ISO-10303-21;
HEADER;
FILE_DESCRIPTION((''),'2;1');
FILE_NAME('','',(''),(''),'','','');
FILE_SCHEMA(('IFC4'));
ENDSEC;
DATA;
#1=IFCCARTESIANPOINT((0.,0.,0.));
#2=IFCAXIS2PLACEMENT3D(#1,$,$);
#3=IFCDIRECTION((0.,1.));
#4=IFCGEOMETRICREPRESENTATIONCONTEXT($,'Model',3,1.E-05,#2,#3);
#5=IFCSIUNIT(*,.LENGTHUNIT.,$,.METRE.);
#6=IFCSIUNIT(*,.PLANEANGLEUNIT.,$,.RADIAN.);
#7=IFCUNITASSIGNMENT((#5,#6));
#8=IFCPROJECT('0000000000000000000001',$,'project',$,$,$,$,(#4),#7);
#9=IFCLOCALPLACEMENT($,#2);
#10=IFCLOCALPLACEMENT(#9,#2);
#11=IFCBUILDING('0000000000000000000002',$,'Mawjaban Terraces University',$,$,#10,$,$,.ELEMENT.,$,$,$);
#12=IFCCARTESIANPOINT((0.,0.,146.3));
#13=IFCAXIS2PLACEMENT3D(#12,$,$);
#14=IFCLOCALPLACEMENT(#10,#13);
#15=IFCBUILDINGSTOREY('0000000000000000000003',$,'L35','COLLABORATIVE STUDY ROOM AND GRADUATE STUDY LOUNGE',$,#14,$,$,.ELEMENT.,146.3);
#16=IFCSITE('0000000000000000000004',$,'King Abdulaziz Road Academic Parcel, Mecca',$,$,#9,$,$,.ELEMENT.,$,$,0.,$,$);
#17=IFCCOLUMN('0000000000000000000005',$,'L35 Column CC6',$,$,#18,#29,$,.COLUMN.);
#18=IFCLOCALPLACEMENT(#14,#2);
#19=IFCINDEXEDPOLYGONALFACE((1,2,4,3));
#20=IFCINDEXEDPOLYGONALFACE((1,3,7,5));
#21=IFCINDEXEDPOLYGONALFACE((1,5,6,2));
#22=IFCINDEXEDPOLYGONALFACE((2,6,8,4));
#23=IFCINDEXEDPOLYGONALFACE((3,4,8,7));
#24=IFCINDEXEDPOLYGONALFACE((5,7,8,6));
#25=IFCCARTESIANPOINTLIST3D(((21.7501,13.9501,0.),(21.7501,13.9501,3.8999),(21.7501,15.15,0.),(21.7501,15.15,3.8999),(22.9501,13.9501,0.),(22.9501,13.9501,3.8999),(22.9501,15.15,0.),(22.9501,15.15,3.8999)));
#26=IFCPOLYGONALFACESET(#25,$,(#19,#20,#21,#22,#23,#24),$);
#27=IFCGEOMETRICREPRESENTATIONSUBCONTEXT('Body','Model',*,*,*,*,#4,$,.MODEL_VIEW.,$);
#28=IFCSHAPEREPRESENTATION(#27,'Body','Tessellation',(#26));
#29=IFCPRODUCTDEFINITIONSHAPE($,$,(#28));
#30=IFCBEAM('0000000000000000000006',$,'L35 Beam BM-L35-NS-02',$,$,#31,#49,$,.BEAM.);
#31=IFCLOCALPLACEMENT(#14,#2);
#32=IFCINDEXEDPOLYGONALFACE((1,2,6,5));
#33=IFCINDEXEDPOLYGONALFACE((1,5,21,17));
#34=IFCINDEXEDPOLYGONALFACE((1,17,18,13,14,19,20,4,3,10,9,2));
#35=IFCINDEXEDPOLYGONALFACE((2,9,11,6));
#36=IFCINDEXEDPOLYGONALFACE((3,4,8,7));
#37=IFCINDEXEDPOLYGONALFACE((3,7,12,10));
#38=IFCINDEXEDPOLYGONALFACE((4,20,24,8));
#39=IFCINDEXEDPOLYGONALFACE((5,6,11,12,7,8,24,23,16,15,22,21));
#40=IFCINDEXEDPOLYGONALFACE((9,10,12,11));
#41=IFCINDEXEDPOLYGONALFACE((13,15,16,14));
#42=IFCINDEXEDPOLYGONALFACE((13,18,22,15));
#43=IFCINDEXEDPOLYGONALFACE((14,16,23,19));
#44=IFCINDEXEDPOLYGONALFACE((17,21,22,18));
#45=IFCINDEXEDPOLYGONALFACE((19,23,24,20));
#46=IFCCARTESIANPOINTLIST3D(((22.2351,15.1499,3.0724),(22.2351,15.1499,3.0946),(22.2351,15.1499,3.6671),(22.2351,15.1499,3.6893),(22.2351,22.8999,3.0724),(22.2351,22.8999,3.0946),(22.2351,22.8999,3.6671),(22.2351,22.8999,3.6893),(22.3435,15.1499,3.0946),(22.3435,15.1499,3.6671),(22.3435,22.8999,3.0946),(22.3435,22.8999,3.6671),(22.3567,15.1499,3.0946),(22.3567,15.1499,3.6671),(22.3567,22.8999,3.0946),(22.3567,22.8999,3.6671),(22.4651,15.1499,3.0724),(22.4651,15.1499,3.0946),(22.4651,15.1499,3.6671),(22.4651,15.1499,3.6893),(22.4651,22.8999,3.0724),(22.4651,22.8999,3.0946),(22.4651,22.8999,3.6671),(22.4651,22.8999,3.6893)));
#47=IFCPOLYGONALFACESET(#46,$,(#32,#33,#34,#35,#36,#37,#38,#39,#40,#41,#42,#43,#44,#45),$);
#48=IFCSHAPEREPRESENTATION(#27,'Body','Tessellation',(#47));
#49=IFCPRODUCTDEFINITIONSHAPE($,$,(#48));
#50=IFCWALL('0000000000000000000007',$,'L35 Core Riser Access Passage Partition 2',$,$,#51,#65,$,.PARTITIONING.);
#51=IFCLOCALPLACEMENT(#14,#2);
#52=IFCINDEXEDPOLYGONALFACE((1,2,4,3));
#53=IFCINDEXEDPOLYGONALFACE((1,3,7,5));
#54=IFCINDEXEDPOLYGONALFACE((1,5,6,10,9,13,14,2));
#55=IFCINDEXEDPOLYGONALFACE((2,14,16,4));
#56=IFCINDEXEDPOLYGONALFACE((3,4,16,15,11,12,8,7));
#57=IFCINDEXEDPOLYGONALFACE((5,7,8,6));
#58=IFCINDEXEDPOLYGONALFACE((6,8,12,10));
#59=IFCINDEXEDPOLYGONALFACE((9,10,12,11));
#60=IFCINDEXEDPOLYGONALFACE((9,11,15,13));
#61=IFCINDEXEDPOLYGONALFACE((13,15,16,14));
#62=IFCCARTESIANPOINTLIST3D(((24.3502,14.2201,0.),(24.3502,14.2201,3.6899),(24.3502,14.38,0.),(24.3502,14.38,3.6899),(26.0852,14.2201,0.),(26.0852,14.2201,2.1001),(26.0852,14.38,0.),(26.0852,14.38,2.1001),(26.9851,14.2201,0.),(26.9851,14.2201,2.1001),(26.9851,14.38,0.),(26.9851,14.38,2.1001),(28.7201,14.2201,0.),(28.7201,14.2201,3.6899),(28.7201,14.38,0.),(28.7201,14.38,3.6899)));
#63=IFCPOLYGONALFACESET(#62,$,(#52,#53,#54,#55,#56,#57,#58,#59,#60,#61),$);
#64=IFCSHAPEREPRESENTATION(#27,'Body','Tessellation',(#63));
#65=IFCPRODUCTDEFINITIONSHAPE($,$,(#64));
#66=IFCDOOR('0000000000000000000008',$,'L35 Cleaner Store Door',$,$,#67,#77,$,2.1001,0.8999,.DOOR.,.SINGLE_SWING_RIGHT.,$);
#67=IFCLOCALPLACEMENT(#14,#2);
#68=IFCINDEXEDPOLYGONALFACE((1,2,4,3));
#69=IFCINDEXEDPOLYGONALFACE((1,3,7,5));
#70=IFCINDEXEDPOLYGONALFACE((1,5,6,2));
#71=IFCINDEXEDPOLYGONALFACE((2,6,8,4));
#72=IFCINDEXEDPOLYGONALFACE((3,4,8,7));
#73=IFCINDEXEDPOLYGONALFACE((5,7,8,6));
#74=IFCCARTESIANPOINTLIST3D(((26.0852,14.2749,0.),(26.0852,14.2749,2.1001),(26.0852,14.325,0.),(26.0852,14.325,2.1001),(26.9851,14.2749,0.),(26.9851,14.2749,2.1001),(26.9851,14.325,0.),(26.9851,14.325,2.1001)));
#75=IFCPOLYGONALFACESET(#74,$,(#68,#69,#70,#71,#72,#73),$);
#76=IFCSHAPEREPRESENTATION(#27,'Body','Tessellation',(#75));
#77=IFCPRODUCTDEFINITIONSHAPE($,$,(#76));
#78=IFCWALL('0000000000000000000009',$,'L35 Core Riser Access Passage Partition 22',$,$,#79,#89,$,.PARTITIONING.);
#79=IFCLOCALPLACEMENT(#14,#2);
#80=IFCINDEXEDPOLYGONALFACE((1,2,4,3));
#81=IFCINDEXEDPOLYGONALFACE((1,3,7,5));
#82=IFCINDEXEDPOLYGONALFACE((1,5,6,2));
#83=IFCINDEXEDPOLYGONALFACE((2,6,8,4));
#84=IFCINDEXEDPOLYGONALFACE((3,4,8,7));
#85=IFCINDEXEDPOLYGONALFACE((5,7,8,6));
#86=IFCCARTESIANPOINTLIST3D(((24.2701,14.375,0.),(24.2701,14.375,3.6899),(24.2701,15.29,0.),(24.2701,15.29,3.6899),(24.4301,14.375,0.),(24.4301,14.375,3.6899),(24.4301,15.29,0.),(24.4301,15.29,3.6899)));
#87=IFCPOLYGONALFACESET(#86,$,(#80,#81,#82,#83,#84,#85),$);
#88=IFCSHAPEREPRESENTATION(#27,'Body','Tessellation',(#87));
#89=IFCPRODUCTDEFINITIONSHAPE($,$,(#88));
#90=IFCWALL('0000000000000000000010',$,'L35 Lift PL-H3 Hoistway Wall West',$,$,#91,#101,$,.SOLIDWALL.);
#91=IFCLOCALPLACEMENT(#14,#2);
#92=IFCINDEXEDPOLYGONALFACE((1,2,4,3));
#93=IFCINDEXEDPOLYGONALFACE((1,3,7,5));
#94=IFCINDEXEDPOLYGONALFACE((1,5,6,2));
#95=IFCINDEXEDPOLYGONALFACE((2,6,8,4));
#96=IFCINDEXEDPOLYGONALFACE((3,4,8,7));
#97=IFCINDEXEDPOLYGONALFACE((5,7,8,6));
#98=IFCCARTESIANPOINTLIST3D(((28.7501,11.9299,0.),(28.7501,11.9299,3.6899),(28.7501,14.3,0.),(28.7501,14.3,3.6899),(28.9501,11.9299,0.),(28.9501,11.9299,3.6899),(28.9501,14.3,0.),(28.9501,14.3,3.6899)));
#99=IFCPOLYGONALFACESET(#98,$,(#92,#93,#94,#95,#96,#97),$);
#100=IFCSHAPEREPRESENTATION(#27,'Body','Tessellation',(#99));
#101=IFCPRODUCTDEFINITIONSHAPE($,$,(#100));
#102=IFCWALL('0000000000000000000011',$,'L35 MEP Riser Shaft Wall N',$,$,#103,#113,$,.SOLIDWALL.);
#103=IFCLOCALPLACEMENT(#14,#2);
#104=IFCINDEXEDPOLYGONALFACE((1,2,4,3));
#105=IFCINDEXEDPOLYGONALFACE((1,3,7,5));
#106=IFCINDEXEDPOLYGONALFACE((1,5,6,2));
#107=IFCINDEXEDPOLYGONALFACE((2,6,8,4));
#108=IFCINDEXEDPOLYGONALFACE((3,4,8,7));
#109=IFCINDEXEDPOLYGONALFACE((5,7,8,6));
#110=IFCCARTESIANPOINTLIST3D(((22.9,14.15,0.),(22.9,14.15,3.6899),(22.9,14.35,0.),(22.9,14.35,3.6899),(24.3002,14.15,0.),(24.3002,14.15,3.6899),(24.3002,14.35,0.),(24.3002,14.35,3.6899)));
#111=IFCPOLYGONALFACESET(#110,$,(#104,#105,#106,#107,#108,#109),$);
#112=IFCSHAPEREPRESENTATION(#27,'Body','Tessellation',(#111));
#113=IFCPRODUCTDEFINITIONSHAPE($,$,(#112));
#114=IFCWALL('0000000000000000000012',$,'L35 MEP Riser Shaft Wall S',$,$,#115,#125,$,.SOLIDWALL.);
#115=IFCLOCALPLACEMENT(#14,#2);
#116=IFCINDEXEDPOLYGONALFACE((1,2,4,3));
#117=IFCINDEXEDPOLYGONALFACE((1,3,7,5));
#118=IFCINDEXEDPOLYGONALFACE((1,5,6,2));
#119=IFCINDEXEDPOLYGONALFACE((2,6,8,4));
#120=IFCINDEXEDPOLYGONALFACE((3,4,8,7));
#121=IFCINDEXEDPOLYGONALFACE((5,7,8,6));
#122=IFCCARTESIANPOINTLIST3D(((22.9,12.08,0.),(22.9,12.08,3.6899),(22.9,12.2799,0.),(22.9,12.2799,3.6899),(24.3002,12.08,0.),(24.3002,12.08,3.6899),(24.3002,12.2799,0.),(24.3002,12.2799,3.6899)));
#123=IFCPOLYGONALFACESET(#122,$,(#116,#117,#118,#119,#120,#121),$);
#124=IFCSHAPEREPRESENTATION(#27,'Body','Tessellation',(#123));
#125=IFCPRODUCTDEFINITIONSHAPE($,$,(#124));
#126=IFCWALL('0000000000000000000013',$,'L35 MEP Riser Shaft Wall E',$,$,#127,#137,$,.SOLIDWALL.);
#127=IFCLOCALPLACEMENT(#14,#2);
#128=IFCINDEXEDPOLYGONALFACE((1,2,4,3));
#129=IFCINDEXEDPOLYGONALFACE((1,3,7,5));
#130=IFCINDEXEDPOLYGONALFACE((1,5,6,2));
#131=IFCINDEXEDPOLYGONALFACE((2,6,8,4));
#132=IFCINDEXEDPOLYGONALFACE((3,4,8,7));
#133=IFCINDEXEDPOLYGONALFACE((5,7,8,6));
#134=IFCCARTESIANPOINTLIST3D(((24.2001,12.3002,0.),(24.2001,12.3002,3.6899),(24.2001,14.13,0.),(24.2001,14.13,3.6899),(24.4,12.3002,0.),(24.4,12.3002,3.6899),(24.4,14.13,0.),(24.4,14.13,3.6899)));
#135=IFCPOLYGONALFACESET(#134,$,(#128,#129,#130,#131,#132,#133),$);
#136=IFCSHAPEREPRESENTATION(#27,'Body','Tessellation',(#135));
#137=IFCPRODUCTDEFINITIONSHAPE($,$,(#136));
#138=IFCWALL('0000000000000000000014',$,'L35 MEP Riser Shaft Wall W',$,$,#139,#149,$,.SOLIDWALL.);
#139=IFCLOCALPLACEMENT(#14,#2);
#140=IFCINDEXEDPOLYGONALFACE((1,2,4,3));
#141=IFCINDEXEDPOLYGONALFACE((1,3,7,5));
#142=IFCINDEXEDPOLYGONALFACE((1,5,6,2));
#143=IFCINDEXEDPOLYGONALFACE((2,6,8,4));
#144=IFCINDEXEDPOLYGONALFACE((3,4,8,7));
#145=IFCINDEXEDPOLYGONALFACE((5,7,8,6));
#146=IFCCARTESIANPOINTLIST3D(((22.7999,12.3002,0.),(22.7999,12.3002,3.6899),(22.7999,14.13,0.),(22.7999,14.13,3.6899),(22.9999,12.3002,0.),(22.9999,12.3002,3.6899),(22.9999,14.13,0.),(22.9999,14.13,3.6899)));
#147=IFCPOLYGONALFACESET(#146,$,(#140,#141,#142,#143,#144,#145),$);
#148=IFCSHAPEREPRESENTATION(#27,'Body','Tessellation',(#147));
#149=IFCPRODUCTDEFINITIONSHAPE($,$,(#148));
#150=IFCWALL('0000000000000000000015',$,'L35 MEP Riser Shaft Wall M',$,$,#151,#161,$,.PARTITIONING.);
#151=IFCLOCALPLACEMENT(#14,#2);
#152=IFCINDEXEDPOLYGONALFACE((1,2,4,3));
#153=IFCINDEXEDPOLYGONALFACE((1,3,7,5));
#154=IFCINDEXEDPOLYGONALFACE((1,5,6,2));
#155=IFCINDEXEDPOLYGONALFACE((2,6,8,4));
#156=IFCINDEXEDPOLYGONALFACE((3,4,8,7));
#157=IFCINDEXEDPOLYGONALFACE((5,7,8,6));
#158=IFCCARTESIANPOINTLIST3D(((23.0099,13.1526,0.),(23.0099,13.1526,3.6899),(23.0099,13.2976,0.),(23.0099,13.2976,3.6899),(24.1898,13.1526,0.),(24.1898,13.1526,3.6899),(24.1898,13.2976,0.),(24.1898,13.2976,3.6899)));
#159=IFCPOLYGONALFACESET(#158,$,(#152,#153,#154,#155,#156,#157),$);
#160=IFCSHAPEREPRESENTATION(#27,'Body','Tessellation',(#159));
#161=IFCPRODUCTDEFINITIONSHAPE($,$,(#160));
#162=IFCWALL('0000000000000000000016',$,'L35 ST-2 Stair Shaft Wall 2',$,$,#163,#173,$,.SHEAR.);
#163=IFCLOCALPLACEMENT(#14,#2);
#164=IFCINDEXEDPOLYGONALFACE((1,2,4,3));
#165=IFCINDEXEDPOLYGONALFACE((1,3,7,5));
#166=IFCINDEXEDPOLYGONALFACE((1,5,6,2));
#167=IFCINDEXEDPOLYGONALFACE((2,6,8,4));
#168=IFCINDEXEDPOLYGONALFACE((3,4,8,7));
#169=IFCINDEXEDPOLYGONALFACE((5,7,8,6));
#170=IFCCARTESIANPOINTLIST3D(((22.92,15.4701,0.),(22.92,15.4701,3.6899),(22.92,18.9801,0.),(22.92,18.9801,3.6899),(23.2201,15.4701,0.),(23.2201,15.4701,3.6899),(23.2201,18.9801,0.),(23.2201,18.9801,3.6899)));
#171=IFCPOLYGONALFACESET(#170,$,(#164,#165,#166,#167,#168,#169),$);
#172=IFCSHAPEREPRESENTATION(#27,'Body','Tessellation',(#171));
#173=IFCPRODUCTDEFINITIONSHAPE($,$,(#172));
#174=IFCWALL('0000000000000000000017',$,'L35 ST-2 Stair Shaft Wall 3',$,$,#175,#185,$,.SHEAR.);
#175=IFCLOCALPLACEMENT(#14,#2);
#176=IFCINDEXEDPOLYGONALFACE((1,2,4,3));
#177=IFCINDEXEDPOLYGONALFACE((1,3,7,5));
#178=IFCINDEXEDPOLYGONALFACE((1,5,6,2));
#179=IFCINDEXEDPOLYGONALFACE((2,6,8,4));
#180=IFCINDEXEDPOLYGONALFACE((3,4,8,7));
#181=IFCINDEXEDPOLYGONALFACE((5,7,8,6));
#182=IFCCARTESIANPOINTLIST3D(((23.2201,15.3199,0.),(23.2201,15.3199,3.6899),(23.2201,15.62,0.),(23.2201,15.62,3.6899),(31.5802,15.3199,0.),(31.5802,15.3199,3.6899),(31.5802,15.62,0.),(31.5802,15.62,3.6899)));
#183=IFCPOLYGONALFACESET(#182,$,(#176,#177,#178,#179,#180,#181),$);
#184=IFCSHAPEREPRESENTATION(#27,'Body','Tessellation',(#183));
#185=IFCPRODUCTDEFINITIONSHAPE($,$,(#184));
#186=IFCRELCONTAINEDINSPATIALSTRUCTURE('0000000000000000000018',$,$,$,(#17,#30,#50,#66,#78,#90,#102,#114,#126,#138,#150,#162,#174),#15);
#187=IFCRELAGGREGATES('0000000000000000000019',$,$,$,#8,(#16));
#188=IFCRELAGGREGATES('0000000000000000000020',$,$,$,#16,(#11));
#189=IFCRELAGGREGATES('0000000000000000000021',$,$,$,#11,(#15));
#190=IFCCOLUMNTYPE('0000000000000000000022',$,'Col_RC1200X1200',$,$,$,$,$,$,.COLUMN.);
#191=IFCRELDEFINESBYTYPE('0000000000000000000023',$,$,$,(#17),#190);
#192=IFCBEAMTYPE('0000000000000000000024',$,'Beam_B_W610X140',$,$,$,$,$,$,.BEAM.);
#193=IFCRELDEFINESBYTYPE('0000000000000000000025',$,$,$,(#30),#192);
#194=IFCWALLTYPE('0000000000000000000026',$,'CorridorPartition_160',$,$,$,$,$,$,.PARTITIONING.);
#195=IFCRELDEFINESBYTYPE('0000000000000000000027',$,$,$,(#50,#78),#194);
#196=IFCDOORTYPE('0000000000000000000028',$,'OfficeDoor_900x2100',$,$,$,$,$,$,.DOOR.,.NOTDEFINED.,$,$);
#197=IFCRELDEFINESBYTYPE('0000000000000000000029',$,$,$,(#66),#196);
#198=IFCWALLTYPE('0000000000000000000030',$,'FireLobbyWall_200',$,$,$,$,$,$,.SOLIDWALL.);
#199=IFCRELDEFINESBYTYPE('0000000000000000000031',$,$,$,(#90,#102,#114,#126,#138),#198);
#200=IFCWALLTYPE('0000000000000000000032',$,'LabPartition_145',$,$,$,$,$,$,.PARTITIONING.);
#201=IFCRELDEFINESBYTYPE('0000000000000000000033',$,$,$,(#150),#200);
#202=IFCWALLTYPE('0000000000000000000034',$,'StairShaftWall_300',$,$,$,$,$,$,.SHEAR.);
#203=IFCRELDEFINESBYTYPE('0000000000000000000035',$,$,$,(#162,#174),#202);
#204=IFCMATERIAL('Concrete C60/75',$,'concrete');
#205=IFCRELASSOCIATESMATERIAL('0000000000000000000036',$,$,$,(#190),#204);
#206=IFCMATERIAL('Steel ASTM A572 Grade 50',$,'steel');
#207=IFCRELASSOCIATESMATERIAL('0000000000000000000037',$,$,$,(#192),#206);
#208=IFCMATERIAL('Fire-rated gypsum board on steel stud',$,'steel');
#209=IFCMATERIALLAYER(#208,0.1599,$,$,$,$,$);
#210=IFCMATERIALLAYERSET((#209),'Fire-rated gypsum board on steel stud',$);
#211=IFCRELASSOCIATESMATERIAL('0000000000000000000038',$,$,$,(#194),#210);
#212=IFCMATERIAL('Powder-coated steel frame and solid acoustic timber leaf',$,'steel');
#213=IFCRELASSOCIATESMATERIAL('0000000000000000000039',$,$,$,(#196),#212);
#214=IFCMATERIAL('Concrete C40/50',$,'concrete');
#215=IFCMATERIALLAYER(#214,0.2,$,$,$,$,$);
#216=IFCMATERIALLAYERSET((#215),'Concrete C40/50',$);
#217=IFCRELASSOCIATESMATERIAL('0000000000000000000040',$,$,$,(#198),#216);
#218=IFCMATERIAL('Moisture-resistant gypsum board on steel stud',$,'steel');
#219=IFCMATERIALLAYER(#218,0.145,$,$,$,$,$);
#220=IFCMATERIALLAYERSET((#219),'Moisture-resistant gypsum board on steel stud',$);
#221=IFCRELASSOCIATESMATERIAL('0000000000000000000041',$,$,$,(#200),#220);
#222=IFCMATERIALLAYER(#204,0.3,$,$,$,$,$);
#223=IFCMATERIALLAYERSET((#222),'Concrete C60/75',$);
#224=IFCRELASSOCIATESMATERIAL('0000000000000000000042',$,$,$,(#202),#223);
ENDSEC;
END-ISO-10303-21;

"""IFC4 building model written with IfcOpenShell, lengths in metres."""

from ifc_helpers import new_model, si_unit, direction, frame, frame_2d, origin, origin_2d, place, context, subcontext, project, spatial, rectangle, i_section, extrude, material, layer, layer_set, material_profile, profile_set, type_object, element, fill, save


model = new_model("IFC4")

# Units and contexts
model_context = context("Model", 3, precision=1e-05, world=origin(), true_north=direction((0.0, 1.0)))
body_context = subcontext(model_context, "Body", "Model", "MODEL_VIEW")
ifc_project = project(units=[si_unit("LENGTHUNIT", "METRE"), si_unit("PLANEANGLEUNIT", "RADIAN")], contexts=[model_context])

# Site, building, storey
site_placement = place(None, origin())
site = spatial("IfcSite", under=ifc_project, at=site_placement, Name="King Abdulaziz Road Academic Parcel, Mecca", CompositionType="ELEMENT", RefElevation=0.0)
building_placement = place(site_placement, origin())
building = spatial("IfcBuilding", under=site, at=building_placement, Name="Mawjaban Terraces University", CompositionType="ELEMENT")
storey_placement = place(building_placement, frame((0.0, 0.0, 146.3)))
storey = spatial("IfcBuildingStorey", under=building, at=storey_placement, Name="L35", Description="COLLABORATIVE STUDY ROOM AND GRADUATE STUDY LOUNGE", CompositionType="ELEMENT", Elevation=146.3)

# Column
ifc_material_1 = material(Name="Concrete C60/75", Category="concrete")
ifc_material_profile_1 = material_profile(ifc_material_1, rectangle(XDim=1.2, YDim=1.2, at=origin_2d()), Name="RC1200X1200")
ifc_profile_set_1 = profile_set([ifc_material_profile_1], Name="Concrete C60/75")
column_type = type_object("IfcColumnType", Name="Col_RC1200X1200", PredefinedType="COLUMN", material=ifc_profile_set_1)
column_placement = place(storey_placement, frame((22.3501, 14.55, 0.0), z_axis=(0.0, 0.0, 1.0), x_axis=(1.0, 0.0, 0.0)))
element("IfcColumn", 1, at=column_placement, inside=storey, type_object=column_type, Name="L35 Column CC6", PredefinedType="COLUMN", context=body_context, shape_type="SweptSolid", body=[
    extrude(rectangle(XDim=1.2, YDim=1.2, at=origin_2d()), origin(), (0.0, 0.0, 1.0), 3.8999),
])

# Beam
ifc_material_2 = material(Name="Steel ASTM A572 Grade 50", Category="steel")
ifc_material_profile_2 = material_profile(ifc_material_2, i_section(OverallWidth=0.23, OverallDepth=0.6169, WebThickness=0.0132, FlangeThickness=0.0222, at=origin_2d()), Name="W610X140")
ifc_profile_set_2 = profile_set([ifc_material_profile_2], Name="Steel ASTM A572 Grade 50")
beam_type = type_object("IfcBeamType", Name="Beam_B_W610X140", PredefinedType="BEAM", material=ifc_profile_set_2)
beam_placement = place(storey_placement, frame((22.3501, 15.1499, 3.3809), z_axis=(0.0, 1.0, 0.0), x_axis=(-1.0, 0.0, 0.0)))
element("IfcBeam", 2, at=beam_placement, inside=storey, type_object=beam_type, Name="L35 Beam BM-L35-NS-02", PredefinedType="BEAM", context=body_context, shape_type="SweptSolid", body=[
    extrude(i_section(OverallWidth=0.23, OverallDepth=0.6169, WebThickness=0.0132, FlangeThickness=0.0222, at=origin_2d()), origin(), (0.0, 0.0, 1.0), 7.75),
])

# Wall, opening, door
ifc_material_3 = material(Name="Fire-rated gypsum board on steel stud", Category="steel")
ifc_layer_1 = layer(ifc_material_3, 0.1599)
ifc_layer_set_1 = layer_set([ifc_layer_1], Name="Fire-rated gypsum board on steel stud")
wall_type_1 = type_object("IfcWallType", Name="CorridorPartition_160", PredefinedType="PARTITIONING", material=ifc_layer_set_1)
wall_1_placement = place(storey_placement, frame((24.3501, 14.3, 0.0), z_axis=(0.0, 0.0, 1.0), x_axis=(1.0, 0.0, 0.0)))
wall_1 = element("IfcWall", 3, at=wall_1_placement, inside=storey, type_object=wall_type_1, Name="L35 Core Riser Access Passage Partition 2", PredefinedType="PARTITIONING", context=body_context, shape_type="SweptSolid", body=[
    extrude(rectangle(XDim=4.3699, YDim=0.1599, at=frame_2d((2.1851, 0.0))), origin(), (0.0, 0.0, 1.0), 3.6899),
])
opening_placement = place(wall_1_placement, frame((1.7351, 0.0, 0.0)))
opening = element("IfcOpeningElement", 4, at=opening_placement, cuts=wall_1, PredefinedType="OPENING", context=body_context, shape_type="SweptSolid", body=[
    extrude(rectangle(XDim=0.8999, YDim=2.1001, at=frame_2d((0.45, 1.05))), frame((0.0, 0.0898, 0.0), z_axis=(0.0, -1.0, 0.0), x_axis=(1.0, 0.0, 0.0)), (0.0, 0.0, 1.0), 0.1799),
])
ifc_material_4 = material(Name="Powder-coated steel frame and solid acoustic timber leaf", Category="steel")
door_type = type_object("IfcDoorType", Name="OfficeDoor_900x2100", OperationType="NOTDEFINED", PredefinedType="DOOR", material=ifc_material_4)
door_placement = place(opening_placement, origin())
door = element("IfcDoor", 5, at=door_placement, inside=storey, type_object=door_type, Name="L35 Cleaner Store Door", OperationType="SINGLE_SWING_RIGHT", OverallHeight=2.1001, OverallWidth=0.8999, PredefinedType="DOOR", context=body_context, shape_type="SweptSolid", body=[
    extrude(rectangle(XDim=0.8999, YDim=2.1001, at=frame_2d((0.45, 1.05))), frame((0.0, 0.0249, 0.0), z_axis=(0.0, -1.0, 0.0), x_axis=(1.0, 0.0, 0.0)), (0.0, 0.0, 1.0), 0.05),
])
fill(opening, door)

# Walls
wall_2_placement = place(storey_placement, frame((24.3501, 15.29, 0.0), z_axis=(0.0, 0.0, 1.0), x_axis=(0.0, -1.0, 0.0)))
element("IfcWall", 6, at=wall_2_placement, inside=storey, type_object=wall_type_1, Name="L35 Core Riser Access Passage Partition 22", PredefinedType="PARTITIONING", context=body_context, shape_type="SweptSolid", body=[
    extrude(rectangle(XDim=0.915, YDim=0.1599, at=frame_2d((0.4575, 0.0))), origin(), (0.0, 0.0, 1.0), 3.6899),
])
ifc_material_5 = material(Name="Concrete C40/50", Category="concrete")
ifc_layer_2 = layer(ifc_material_5, 0.2)
ifc_layer_set_2 = layer_set([ifc_layer_2], Name="Concrete C40/50")
wall_type_2 = type_object("IfcWallType", Name="FireLobbyWall_200", PredefinedType="SOLIDWALL", material=ifc_layer_set_2)
wall_3_placement = place(storey_placement, frame((28.8501, 14.3, 0.0), z_axis=(0.0, 0.0, 1.0), x_axis=(0.0, -1.0, 0.0)))
element("IfcWall", 7, at=wall_3_placement, inside=storey, type_object=wall_type_2, Name="L35 Lift PL-H3 Hoistway Wall West", PredefinedType="SOLIDWALL", context=body_context, shape_type="SweptSolid", body=[
    extrude(rectangle(XDim=2.3701, YDim=0.2, at=frame_2d((1.1851, 0.0))), origin(), (0.0, 0.0, 1.0), 3.6899),
])
for number, where, z_axis, x_axis, name in (
    (8, (22.8999, 14.25, 0.0), (0.0, 0.0, 1.0), (1.0, 0.0, 0.0), "L35 MEP Riser Shaft Wall N"),
    (9, (22.8999, 12.1799, 0.0), (0.0, 0.0, 1.0), (1.0, 0.0, 0.0), "L35 MEP Riser Shaft Wall S"),
):
    element("IfcWall", number, at=place(storey_placement, frame(where, z_axis=z_axis, x_axis=x_axis)), inside=storey, type_object=wall_type_2, Name=name, PredefinedType="SOLIDWALL", context=body_context, shape_type="SweptSolid", body=[
        extrude(rectangle(XDim=1.4001, YDim=0.2, at=frame_2d((0.7002, 0.0))), origin(), (0.0, 0.0, 1.0), 3.6899),
    ])
for number, where, z_axis, x_axis, name in (
    (10, (24.3, 12.3, 0.0), (0.0, 0.0, 1.0), (0.0, 1.0, 0.0), "L35 MEP Riser Shaft Wall E"),
    (11, (22.8999, 12.3, 0.0), (0.0, 0.0, 1.0), (0.0, 1.0, 0.0), "L35 MEP Riser Shaft Wall W"),
):
    element("IfcWall", number, at=place(storey_placement, frame(where, z_axis=z_axis, x_axis=x_axis)), inside=storey, type_object=wall_type_2, Name=name, PredefinedType="SOLIDWALL", context=body_context, shape_type="SweptSolid", body=[
        extrude(rectangle(XDim=1.8298, YDim=0.2, at=frame_2d((0.915, 0.0))), origin(), (0.0, 0.0, 1.0), 3.6899),
    ])
ifc_material_6 = material(Name="Moisture-resistant gypsum board on steel stud", Category="steel")
ifc_layer_3 = layer(ifc_material_6, 0.145)
ifc_layer_set_3 = layer_set([ifc_layer_3], Name="Moisture-resistant gypsum board on steel stud")
wall_type_3 = type_object("IfcWallType", Name="LabPartition_145", PredefinedType="PARTITIONING", material=ifc_layer_set_3)
wall_4_placement = place(storey_placement, frame((23.01, 13.2251, 0.0), z_axis=(0.0, 0.0, 1.0), x_axis=(1.0, 0.0, 0.0)))
element("IfcWall", 12, at=wall_4_placement, inside=storey, type_object=wall_type_3, Name="L35 MEP Riser Shaft Wall M", PredefinedType="PARTITIONING", context=body_context, shape_type="SweptSolid", body=[
    extrude(rectangle(XDim=1.1799, YDim=0.145, at=frame_2d((0.5898, 0.0))), origin(), (0.0, 0.0, 1.0), 3.6899),
])
ifc_layer_4 = layer(ifc_material_1, 0.3)
ifc_layer_set_4 = layer_set([ifc_layer_4], Name="Concrete C60/75")
wall_type_4 = type_object("IfcWallType", Name="StairShaftWall_300", PredefinedType="SHEAR", material=ifc_layer_set_4)
wall_5_placement = place(storey_placement, frame((23.0701, 18.98, 0.0), z_axis=(0.0, 0.0, 1.0), x_axis=(0.0, -1.0, 0.0)))
element("IfcWall", 13, at=wall_5_placement, inside=storey, type_object=wall_type_4, Name="L35 ST-2 Stair Shaft Wall 2", PredefinedType="SHEAR", context=body_context, shape_type="SweptSolid", body=[
    extrude(rectangle(XDim=3.51, YDim=0.3, at=frame_2d((1.7549, 0.0))), origin(), (0.0, 0.0, 1.0), 3.6899),
])
wall_6_placement = place(storey_placement, frame((23.22, 15.47, 0.0), z_axis=(0.0, 0.0, 1.0), x_axis=(1.0, 0.0, 0.0)))
element("IfcWall", 14, at=wall_6_placement, inside=storey, type_object=wall_type_4, Name="L35 ST-2 Stair Shaft Wall 3", PredefinedType="SHEAR", context=body_context, shape_type="SweptSolid", body=[
    extrude(rectangle(XDim=8.3601, YDim=0.3, at=frame_2d((4.1802, 0.0))), origin(), (0.0, 0.0, 1.0), 3.6899),
])

save(model, "model.ifc")
